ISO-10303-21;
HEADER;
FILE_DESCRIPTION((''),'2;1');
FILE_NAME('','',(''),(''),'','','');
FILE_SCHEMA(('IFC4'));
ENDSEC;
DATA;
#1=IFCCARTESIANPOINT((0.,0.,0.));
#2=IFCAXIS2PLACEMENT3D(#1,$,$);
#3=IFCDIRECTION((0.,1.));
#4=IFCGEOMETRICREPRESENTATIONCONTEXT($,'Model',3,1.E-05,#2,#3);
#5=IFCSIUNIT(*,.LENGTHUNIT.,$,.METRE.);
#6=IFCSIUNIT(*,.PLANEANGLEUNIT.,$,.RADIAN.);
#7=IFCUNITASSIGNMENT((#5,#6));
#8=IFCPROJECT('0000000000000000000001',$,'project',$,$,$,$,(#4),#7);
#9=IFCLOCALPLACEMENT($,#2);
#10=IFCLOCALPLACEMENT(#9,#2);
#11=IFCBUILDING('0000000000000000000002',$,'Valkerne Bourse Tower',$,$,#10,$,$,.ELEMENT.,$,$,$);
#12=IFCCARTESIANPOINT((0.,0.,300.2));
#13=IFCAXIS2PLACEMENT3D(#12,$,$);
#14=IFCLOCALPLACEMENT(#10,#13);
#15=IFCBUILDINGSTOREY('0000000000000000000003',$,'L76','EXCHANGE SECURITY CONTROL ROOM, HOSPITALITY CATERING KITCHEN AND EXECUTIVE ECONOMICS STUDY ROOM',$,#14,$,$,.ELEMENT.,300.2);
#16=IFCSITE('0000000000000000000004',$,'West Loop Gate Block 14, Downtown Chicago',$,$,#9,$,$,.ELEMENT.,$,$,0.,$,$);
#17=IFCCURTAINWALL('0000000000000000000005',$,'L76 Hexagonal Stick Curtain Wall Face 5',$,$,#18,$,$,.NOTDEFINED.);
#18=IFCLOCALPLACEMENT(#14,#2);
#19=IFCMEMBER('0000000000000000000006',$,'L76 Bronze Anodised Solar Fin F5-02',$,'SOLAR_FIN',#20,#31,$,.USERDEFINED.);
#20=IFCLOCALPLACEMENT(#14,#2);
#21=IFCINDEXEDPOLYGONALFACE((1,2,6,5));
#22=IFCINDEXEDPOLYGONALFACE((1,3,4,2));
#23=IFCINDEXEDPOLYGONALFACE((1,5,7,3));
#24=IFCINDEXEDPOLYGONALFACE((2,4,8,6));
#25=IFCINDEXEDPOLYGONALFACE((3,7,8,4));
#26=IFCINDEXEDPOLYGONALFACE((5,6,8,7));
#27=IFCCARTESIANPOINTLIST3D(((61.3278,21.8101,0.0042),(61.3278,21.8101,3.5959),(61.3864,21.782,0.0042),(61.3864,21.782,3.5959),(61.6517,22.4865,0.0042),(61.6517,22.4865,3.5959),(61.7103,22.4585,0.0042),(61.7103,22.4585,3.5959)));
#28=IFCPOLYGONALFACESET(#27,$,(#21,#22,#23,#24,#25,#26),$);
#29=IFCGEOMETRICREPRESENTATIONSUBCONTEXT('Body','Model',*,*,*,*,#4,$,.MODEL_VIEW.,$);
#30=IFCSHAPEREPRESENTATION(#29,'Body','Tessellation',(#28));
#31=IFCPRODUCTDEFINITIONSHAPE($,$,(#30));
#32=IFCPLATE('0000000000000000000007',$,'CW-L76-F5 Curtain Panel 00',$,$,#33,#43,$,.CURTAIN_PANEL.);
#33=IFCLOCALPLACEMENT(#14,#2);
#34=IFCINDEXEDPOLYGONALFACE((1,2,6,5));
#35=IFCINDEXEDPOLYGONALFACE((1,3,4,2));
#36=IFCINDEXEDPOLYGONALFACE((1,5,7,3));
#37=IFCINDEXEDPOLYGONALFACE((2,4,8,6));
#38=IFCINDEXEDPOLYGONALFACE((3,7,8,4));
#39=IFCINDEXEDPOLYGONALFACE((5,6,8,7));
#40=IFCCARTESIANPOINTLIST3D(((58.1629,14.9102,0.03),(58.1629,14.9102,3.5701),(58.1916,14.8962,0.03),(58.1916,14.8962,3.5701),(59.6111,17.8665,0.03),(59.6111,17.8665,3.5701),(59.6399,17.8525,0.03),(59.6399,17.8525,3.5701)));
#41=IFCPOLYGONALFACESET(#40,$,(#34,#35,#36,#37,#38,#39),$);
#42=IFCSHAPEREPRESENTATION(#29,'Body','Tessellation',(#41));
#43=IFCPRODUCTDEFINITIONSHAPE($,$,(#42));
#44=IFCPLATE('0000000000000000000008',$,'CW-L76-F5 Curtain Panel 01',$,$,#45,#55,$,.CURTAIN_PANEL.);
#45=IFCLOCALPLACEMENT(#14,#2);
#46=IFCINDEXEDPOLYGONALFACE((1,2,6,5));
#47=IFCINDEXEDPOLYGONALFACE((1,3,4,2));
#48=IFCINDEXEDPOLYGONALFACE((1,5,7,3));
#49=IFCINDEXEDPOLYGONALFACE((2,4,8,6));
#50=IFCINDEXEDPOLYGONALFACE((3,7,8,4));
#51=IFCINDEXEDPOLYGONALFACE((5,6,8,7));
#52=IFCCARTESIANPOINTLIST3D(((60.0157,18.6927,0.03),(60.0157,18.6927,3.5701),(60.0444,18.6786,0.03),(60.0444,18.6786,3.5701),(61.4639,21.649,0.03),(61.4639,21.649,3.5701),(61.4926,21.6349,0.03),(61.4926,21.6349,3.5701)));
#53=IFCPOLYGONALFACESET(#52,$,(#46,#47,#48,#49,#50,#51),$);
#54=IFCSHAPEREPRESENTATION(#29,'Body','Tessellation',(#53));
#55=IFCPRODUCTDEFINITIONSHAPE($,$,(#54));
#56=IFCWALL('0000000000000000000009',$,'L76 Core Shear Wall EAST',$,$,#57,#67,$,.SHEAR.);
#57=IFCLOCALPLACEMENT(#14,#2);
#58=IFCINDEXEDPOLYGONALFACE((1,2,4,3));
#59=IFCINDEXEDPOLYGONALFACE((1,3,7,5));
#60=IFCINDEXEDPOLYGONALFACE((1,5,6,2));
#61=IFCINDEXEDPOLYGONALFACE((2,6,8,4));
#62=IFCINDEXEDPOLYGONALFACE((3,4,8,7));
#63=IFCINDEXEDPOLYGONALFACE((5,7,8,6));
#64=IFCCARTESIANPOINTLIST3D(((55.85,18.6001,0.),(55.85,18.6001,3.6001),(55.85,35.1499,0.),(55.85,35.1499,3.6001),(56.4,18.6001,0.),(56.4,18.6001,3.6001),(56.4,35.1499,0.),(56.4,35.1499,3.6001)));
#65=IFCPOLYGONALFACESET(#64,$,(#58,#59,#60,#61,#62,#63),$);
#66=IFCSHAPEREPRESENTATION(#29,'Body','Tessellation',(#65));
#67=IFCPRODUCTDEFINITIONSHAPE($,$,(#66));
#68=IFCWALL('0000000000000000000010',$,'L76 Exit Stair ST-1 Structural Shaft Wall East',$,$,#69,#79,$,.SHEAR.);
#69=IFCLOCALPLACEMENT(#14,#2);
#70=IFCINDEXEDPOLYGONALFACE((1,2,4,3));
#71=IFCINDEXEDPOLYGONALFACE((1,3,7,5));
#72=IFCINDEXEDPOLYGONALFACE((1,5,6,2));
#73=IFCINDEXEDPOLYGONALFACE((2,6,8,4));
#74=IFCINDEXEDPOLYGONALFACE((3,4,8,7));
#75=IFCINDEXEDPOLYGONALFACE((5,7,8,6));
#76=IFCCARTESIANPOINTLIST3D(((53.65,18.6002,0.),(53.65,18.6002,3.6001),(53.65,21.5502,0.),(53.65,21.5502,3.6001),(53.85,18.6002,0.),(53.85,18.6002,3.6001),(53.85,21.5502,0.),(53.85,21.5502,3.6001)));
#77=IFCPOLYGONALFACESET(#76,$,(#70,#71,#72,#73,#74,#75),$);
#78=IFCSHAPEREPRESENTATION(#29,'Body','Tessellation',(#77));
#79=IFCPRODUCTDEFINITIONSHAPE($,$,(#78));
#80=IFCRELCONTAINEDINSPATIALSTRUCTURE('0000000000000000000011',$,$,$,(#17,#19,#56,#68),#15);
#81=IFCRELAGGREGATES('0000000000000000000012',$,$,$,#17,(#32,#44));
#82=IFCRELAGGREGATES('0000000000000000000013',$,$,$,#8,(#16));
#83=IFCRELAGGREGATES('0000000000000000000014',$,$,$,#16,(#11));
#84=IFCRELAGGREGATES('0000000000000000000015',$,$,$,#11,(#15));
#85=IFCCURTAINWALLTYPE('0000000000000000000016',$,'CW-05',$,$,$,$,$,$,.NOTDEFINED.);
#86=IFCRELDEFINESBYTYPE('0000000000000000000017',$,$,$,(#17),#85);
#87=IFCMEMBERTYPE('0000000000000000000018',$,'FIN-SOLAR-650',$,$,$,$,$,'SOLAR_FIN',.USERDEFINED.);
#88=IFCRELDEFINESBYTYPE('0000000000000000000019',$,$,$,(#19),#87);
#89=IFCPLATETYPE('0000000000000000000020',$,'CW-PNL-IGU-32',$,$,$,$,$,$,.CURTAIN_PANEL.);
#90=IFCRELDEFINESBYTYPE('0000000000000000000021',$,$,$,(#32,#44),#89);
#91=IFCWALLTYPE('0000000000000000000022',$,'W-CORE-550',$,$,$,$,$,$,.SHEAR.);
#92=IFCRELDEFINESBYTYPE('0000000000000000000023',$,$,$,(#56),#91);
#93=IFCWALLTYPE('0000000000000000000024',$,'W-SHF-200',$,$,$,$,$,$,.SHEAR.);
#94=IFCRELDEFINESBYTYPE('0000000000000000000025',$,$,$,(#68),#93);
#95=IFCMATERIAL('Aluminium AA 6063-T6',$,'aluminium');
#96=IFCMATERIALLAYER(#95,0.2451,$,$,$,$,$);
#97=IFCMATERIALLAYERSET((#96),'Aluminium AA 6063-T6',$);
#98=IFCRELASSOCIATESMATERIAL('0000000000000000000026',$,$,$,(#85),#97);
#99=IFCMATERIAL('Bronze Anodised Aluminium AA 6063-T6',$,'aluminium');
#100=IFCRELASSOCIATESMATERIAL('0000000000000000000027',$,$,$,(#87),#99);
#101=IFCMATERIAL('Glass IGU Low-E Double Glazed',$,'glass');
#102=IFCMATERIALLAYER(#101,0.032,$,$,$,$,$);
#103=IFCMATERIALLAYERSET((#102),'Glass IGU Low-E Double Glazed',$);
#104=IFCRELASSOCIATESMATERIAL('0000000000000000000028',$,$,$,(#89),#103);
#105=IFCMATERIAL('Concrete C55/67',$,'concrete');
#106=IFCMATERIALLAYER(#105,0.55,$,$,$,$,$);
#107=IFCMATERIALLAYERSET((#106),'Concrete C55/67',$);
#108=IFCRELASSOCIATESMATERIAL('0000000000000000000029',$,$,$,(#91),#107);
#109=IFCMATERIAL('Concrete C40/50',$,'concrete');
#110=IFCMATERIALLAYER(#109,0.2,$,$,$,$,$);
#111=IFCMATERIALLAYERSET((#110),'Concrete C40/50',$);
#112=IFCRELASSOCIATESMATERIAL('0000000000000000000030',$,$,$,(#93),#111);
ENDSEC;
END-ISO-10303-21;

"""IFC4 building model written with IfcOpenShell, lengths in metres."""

from ifc_helpers import new_model, si_unit, direction, frame, frame_2d, origin, origin_2d, place, context, subcontext, project, spatial, rectangle, extrude, material, layer, layer_set, material_profile, profile_set, type_object, element, aggregate, save


model = new_model("IFC4")

# Units and contexts
model_context = context("Model", 3, precision=1e-05, world=origin(), true_north=direction((0.0, 1.0)))
body_context = subcontext(model_context, "Body", "Model", "MODEL_VIEW")
ifc_project = project(units=[si_unit("LENGTHUNIT", "METRE"), si_unit("PLANEANGLEUNIT", "RADIAN")], contexts=[model_context])

# Site, building, storey
site_placement = place(None, origin())
site = spatial("IfcSite", under=ifc_project, at=site_placement, Name="West Loop Gate Block 14, Downtown Chicago", CompositionType="ELEMENT", RefElevation=0.0)
building_placement = place(site_placement, origin())
building = spatial("IfcBuilding", under=site, at=building_placement, Name="Valkerne Bourse Tower", CompositionType="ELEMENT")
storey_placement = place(building_placement, frame((0.0, 0.0, 300.2)))
storey = spatial("IfcBuildingStorey", under=building, at=storey_placement, Name="L76", Description="EXCHANGE SECURITY CONTROL ROOM, HOSPITALITY CATERING KITCHEN AND EXECUTIVE ECONOMICS STUDY ROOM", CompositionType="ELEMENT", Elevation=300.2)

# Shared definitions
ifc_material_1 = material(Name="Aluminium AA 6063-T6", Category="aluminium")
ifc_layer_1 = layer(ifc_material_1, 0.2451)
ifc_layer_set_1 = layer_set([ifc_layer_1], Name="Aluminium AA 6063-T6")
curtain_wall_type = type_object("IfcCurtainWallType", Name="CW-05", PredefinedType="NOTDEFINED", material=ifc_layer_set_1)

# Curtain wall
curtain_wall_1_placement = place(storey_placement, origin())
curtain_wall_1 = element("IfcCurtainWall", 1, at=curtain_wall_1_placement, inside=storey, type_object=curtain_wall_type, Name="L76 Hexagonal Stick Curtain Wall Face 5", PredefinedType="NOTDEFINED")

# Member
ifc_material_2 = material(Name="Bronze Anodised Aluminium AA 6063-T6", Category="aluminium")
ifc_material_profile_1 = material_profile(ifc_material_2, rectangle(XDim=0.0649, YDim=0.75, at=origin_2d()), Name="FIN-65X750")
ifc_profile_set_1 = profile_set([ifc_material_profile_1], Name="Bronze Anodised Aluminium AA 6063-T6")
member_type_1 = type_object("IfcMemberType", Name="FIN-SOLAR-650", ElementType="SOLAR_FIN", PredefinedType="USERDEFINED", material=ifc_profile_set_1)
member_1_placement = place(storey_placement, frame((61.519, 22.1343, 0.0042), z_axis=(0.0, 0.0, 1.0), x_axis=(0.901933, -0.431877, 0.0)))
element("IfcMember", 2, at=member_1_placement, inside=storey, type_object=member_type_1, Name="L76 Bronze Anodised Solar Fin F5-02", ObjectType="SOLAR_FIN", PredefinedType="USERDEFINED", context=body_context, shape_type="SweptSolid", body=[
    extrude(rectangle(XDim=0.0649, YDim=0.75, at=origin_2d()), origin(), (0.0, 0.0, 1.0), 3.5918),
])

# Plates
ifc_material_3 = material(Name="Glass IGU Low-E Double Glazed", Category="glass")
ifc_layer_2 = layer(ifc_material_3, 0.032)
ifc_layer_set_2 = layer_set([ifc_layer_2], Name="Glass IGU Low-E Double Glazed")
plate_type = type_object("IfcPlateType", Name="CW-PNL-IGU-32", PredefinedType="CURTAIN_PANEL", material=ifc_layer_set_2)
plate_1_placement = place(storey_placement, frame((58.9014, 16.3813, 0.03), z_axis=(0.0, 0.0, 1.0), x_axis=(0.439934, 0.89803, 0.0)))
plate_1 = element("IfcPlate", 3, at=plate_1_placement, type_object=plate_type, Name="CW-L76-F5 Curtain Panel 00", PredefinedType="CURTAIN_PANEL", context=body_context, shape_type="SweptSolid", body=[
    extrude(rectangle(XDim=3.292, YDim=0.032, at=origin_2d()), origin(), (0.0, 0.0, 1.0), 3.54),
])
plate_2_placement = place(storey_placement, frame((60.7542, 20.1638, 0.03), z_axis=(0.0, 0.0, 1.0), x_axis=(0.439934, 0.89803, 0.0)))
plate_2 = element("IfcPlate", 4, at=plate_2_placement, type_object=plate_type, Name="CW-L76-F5 Curtain Panel 01", PredefinedType="CURTAIN_PANEL", context=body_context, shape_type="SweptSolid", body=[
    extrude(rectangle(XDim=3.292, YDim=0.032, at=origin_2d()), origin(), (0.0, 0.0, 1.0), 3.54),
])
aggregate(curtain_wall_1, [plate_1, plate_2])

# Walls
ifc_material_4 = material(Name="Concrete C55/67", Category="concrete")
ifc_layer_3 = layer(ifc_material_4, 0.55)
ifc_layer_set_3 = layer_set([ifc_layer_3], Name="Concrete C55/67")
wall_type_1 = type_object("IfcWallType", Name="W-CORE-550", PredefinedType="SHEAR", material=ifc_layer_set_3)
wall_1_placement = place(storey_placement, frame((56.125, 18.6001, 0.0), z_axis=(0.0, 0.0, 1.0), x_axis=(0.0, 1.0, 0.0)))
element("IfcWall", 5, at=wall_1_placement, inside=storey, type_object=wall_type_1, Name="L76 Core Shear Wall EAST", PredefinedType="SHEAR", context=body_context, shape_type="SweptSolid", body=[
    extrude(rectangle(XDim=16.5498, YDim=0.55, at=frame_2d((8.2749, 0.0))), origin(), (0.0, 0.0, 1.0), 3.6001),
])
ifc_material_5 = material(Name="Concrete C40/50", Category="concrete")
ifc_layer_4 = layer(ifc_material_5, 0.2)
ifc_layer_set_4 = layer_set([ifc_layer_4], Name="Concrete C40/50")
wall_type_2 = type_object("IfcWallType", Name="W-SHF-200", PredefinedType="SHEAR", material=ifc_layer_set_4)
wall_2_placement = place(storey_placement, frame((53.75, 18.6001, 0.0), z_axis=(0.0, 0.0, 1.0), x_axis=(0.0, 1.0, 0.0)))
element("IfcWall", 6, at=wall_2_placement, inside=storey, type_object=wall_type_2, Name="L76 Exit Stair ST-1 Structural Shaft Wall East", PredefinedType="SHEAR", context=body_context, shape_type="SweptSolid", body=[
    extrude(rectangle(XDim=2.95, YDim=0.2, at=frame_2d((1.4751, 0.0))), origin(), (0.0, 0.0, 1.0), 3.6001),
])

save(model, "model.ifc")
